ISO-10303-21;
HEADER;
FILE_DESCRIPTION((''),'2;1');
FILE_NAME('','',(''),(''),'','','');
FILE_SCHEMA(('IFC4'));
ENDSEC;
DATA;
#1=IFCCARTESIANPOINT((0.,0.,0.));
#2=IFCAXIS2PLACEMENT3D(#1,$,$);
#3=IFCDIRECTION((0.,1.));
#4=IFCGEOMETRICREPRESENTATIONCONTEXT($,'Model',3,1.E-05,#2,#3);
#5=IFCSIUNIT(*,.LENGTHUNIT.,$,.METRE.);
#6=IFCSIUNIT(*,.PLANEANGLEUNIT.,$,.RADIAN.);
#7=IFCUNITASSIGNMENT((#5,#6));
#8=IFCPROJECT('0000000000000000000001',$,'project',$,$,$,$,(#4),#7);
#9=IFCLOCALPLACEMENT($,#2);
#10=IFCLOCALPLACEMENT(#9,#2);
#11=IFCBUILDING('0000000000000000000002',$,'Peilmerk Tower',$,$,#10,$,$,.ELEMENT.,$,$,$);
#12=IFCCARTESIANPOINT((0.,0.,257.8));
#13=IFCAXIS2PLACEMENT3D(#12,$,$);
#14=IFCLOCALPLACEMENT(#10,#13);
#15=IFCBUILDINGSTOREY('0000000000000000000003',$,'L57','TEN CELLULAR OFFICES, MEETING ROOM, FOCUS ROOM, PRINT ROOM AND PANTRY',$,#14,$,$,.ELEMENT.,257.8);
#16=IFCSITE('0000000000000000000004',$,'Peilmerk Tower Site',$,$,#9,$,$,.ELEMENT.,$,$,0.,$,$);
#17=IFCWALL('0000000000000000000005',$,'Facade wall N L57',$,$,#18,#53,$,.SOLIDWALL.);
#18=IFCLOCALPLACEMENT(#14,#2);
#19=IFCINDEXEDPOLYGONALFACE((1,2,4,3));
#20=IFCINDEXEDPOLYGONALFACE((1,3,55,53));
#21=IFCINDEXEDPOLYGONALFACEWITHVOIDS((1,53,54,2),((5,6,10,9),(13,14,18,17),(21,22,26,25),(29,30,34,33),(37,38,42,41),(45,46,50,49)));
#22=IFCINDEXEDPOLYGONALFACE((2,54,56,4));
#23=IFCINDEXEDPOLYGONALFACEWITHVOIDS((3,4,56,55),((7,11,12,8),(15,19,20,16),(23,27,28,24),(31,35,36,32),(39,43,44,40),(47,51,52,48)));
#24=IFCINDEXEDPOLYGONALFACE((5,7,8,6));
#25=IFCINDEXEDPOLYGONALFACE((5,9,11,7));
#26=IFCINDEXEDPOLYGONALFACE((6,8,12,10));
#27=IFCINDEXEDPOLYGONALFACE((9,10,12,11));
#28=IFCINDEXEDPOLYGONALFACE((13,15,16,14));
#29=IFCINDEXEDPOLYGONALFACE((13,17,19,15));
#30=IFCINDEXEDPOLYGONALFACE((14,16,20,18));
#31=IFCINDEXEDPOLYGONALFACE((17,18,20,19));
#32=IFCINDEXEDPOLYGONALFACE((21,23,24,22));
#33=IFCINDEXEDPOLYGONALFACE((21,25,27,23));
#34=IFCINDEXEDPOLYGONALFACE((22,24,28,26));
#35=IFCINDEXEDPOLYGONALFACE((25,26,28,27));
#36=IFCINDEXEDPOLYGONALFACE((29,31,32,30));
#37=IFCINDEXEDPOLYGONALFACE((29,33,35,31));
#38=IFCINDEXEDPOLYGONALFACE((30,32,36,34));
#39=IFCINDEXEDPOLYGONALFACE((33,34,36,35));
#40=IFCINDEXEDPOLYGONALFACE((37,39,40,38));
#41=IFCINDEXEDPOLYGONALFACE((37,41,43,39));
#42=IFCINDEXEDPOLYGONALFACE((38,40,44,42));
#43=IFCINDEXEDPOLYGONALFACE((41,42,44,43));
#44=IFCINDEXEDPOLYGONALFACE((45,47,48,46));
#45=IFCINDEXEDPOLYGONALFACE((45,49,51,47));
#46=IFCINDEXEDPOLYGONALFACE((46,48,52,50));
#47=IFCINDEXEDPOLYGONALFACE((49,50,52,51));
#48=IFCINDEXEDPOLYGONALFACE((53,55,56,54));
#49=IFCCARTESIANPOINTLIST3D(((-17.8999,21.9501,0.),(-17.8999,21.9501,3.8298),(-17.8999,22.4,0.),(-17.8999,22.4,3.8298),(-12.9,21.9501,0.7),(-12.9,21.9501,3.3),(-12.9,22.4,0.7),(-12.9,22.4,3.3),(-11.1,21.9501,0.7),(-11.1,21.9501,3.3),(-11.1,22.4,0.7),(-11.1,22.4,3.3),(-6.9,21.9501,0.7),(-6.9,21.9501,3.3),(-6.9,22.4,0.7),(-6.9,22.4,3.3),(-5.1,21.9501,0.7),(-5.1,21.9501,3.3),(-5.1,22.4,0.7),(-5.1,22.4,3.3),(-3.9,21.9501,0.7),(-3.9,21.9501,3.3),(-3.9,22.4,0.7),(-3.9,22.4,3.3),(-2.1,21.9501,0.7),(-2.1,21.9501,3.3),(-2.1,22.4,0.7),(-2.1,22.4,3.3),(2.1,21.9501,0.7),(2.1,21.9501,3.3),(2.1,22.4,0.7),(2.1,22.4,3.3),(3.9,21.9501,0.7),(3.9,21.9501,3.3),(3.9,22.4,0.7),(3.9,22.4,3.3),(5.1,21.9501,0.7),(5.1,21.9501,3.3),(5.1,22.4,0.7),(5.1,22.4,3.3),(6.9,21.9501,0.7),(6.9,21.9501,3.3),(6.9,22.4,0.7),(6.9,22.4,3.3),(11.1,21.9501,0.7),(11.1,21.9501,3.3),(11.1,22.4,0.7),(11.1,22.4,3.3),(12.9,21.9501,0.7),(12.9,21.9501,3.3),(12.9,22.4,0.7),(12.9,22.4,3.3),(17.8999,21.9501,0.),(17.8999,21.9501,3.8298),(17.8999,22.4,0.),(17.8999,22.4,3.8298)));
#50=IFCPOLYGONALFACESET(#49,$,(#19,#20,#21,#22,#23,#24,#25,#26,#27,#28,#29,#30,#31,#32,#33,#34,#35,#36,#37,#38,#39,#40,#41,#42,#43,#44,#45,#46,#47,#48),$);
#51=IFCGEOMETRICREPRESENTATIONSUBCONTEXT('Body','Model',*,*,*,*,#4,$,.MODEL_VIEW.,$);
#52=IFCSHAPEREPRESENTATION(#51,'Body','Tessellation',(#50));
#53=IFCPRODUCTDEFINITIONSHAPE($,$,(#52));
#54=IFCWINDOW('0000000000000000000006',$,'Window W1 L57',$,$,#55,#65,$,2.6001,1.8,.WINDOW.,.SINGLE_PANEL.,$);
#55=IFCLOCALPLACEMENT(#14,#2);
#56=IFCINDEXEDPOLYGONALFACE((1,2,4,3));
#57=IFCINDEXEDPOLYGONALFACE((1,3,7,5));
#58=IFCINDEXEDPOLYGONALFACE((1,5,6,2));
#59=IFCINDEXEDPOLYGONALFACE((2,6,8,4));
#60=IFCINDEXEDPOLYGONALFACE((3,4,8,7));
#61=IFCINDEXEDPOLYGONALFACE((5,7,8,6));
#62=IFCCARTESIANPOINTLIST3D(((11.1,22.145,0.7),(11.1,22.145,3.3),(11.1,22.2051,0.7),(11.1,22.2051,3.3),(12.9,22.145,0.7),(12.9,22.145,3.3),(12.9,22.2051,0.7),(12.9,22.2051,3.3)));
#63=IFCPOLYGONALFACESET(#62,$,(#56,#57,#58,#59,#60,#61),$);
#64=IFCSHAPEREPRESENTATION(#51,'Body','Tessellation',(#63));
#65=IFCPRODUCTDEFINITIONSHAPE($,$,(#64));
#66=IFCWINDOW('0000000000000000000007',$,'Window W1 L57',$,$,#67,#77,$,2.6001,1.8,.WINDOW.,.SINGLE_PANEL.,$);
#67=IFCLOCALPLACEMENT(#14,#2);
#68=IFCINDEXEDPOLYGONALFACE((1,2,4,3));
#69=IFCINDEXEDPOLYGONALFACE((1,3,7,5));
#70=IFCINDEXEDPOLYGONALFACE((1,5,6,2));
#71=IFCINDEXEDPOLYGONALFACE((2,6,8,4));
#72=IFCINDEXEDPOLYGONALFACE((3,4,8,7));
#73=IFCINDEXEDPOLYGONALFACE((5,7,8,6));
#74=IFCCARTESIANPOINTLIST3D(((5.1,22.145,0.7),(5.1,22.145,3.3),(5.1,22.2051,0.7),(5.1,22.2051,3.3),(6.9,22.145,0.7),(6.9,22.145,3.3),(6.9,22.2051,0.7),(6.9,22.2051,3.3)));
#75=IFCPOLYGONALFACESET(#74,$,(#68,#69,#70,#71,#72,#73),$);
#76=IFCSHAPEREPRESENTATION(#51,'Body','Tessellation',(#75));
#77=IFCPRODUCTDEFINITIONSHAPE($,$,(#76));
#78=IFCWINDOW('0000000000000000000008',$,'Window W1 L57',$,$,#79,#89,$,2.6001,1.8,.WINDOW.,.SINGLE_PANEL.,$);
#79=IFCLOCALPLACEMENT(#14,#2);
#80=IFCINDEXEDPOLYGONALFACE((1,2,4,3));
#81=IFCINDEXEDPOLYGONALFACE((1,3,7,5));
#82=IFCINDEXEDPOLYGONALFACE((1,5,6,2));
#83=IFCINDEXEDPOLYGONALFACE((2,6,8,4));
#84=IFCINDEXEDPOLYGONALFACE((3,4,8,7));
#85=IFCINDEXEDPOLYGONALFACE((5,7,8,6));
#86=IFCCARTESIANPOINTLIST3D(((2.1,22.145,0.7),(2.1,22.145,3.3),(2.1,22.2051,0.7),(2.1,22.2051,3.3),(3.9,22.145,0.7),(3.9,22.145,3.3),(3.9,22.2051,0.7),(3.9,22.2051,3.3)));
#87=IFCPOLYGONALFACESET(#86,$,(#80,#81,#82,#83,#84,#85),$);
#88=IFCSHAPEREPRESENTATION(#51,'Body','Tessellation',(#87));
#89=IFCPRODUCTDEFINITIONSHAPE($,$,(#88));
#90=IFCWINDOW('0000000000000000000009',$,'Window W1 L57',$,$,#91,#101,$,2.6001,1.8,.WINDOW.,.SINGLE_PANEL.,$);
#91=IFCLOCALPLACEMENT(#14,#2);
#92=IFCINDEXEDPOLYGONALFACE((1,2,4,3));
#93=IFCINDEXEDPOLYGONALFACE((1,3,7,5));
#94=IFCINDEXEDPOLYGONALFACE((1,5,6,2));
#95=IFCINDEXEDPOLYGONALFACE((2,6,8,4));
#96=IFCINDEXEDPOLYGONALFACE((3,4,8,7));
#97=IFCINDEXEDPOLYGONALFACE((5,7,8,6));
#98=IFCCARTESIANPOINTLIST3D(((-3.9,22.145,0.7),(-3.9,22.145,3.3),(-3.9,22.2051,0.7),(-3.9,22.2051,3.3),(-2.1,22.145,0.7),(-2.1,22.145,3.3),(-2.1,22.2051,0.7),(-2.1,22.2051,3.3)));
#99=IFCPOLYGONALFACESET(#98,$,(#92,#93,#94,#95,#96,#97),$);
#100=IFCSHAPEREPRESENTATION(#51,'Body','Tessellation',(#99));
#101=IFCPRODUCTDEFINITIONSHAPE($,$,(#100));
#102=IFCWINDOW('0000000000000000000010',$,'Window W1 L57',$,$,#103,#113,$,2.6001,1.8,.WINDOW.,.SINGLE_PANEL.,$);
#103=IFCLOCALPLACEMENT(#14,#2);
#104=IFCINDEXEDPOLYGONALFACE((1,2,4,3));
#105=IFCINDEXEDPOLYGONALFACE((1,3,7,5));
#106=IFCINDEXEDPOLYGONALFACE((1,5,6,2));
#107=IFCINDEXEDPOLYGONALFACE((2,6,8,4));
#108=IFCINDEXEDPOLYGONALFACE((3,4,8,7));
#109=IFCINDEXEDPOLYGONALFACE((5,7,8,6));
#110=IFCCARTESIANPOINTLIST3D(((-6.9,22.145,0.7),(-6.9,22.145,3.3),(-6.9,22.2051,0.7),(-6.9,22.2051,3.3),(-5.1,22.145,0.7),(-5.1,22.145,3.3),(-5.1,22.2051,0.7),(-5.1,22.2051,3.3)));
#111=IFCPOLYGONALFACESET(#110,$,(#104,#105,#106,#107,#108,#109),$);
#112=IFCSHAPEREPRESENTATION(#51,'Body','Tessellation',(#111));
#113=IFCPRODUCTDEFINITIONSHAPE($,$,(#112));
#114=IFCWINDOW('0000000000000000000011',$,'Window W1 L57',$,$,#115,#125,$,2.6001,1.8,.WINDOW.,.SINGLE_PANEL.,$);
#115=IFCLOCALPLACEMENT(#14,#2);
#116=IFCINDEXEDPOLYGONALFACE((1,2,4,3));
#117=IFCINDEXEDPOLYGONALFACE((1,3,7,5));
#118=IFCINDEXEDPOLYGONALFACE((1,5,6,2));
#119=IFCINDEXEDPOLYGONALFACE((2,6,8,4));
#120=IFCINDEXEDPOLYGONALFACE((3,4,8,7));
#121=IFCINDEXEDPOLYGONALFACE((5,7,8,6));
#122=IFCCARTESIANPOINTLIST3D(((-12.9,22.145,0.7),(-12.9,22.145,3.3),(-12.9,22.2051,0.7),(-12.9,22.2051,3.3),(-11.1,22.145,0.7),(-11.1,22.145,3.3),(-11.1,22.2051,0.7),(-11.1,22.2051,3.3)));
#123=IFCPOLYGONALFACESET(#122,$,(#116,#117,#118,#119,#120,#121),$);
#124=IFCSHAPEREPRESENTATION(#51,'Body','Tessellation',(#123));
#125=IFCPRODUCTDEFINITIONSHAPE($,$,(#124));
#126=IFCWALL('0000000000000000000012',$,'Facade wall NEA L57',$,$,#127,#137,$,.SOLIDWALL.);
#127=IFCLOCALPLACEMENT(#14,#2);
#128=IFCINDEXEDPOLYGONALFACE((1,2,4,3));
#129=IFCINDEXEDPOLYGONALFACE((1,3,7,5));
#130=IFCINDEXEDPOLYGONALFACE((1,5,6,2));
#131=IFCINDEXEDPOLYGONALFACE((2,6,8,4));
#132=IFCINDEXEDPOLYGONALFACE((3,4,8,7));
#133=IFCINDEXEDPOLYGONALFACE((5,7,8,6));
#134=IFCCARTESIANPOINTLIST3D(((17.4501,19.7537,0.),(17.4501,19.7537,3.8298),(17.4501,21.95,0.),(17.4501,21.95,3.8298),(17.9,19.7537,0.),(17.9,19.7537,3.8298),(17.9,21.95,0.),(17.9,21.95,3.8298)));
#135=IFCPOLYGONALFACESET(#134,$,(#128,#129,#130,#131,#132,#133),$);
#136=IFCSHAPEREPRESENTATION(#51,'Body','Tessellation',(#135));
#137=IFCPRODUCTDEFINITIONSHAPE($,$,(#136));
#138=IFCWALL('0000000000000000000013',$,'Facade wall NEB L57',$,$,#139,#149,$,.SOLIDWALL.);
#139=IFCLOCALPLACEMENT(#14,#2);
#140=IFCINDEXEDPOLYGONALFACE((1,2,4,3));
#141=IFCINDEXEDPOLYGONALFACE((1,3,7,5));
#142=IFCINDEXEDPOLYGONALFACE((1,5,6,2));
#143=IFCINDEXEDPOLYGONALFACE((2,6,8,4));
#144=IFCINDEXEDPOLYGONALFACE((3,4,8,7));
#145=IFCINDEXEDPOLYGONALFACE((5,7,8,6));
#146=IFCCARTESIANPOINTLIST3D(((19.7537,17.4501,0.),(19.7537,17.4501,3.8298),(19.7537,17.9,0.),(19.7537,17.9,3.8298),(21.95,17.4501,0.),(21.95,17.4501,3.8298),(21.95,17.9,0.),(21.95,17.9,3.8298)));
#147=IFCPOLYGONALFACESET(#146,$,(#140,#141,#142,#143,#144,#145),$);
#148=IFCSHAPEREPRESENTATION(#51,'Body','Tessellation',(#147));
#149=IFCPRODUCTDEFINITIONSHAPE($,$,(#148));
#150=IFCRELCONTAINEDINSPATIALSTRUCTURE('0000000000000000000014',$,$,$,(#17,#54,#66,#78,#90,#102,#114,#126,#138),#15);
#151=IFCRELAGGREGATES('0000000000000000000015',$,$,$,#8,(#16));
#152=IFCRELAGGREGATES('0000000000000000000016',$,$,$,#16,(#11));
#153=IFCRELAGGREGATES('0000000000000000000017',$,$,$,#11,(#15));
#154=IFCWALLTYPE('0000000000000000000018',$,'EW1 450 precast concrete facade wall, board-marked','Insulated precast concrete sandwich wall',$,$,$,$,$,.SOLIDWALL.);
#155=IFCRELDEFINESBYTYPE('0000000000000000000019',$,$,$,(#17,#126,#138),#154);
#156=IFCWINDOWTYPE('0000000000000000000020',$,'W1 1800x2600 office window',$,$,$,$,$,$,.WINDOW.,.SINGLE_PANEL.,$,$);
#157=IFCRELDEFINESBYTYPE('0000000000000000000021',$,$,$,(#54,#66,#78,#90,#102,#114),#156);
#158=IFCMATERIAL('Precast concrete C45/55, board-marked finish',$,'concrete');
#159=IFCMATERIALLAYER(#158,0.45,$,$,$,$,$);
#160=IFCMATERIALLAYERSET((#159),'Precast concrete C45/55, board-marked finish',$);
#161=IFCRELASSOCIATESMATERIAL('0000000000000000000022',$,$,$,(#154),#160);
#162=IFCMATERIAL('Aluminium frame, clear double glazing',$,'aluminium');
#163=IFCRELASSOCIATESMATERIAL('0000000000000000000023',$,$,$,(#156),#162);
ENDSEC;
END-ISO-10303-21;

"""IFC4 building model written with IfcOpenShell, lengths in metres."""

from ifc_helpers import new_model, si_unit, direction, frame, frame_2d, origin, place, context, subcontext, project, spatial, rectangle, extrude, material, layer, layer_set, type_object, element, fill, save


model = new_model("IFC4")

# Units and contexts
model_context = context("Model", 3, precision=1e-05, world=origin(), true_north=direction((0.0, 1.0)))
body_context = subcontext(model_context, "Body", "Model", "MODEL_VIEW")
ifc_project = project(units=[si_unit("LENGTHUNIT", "METRE"), si_unit("PLANEANGLEUNIT", "RADIAN")], contexts=[model_context])

# Site, building, storey
site_placement = place(None, origin())
site = spatial("IfcSite", under=ifc_project, at=site_placement, Name="Peilmerk Tower Site", CompositionType="ELEMENT", RefElevation=0.0)
building_placement = place(site_placement, origin())
building = spatial("IfcBuilding", under=site, at=building_placement, Name="Peilmerk Tower", CompositionType="ELEMENT")
storey_placement = place(building_placement, frame((0.0, 0.0, 257.8)))
storey = spatial("IfcBuildingStorey", under=building, at=storey_placement, Name="L57", Description="TEN CELLULAR OFFICES, MEETING ROOM, FOCUS ROOM, PRINT ROOM AND PANTRY", CompositionType="ELEMENT", Elevation=257.8)

# Wall, openings, windows
ifc_material_1 = material(Name="Precast concrete C45/55, board-marked finish", Category="concrete")
ifc_layer_1 = layer(ifc_material_1, 0.45)
ifc_layer_set_1 = layer_set([ifc_layer_1], Name="Precast concrete C45/55, board-marked finish")
wall_type = type_object("IfcWallType", Name="EW1 450 precast concrete facade wall, board-marked", Description="Insulated precast concrete sandwich wall", PredefinedType="SOLIDWALL", material=ifc_layer_set_1)
wall_placement = place(storey_placement, frame((17.8999, 22.175, 0.0), z_axis=(0.0, 0.0, 1.0), x_axis=(-1.0, 0.0, 0.0)))
wall = element("IfcWall", 1, at=wall_placement, inside=storey, type_object=wall_type, Name="Facade wall N L57", PredefinedType="SOLIDWALL", context=body_context, shape_type="SweptSolid", body=[
    extrude(rectangle(XDim=35.7998, YDim=0.45, at=frame_2d((17.8999, 0.0))), origin(), (0.0, 0.0, 1.0), 3.8298),
])
opening_1_placement = place(wall_placement, frame((5.0, 0.0, 0.7)))
opening_1 = element("IfcOpeningElement", 2, at=opening_1_placement, cuts=wall, PredefinedType="OPENING", context=body_context, shape_type="SweptSolid", body=[
    extrude(rectangle(XDim=1.8, YDim=2.6001, at=frame_2d((0.8999, 1.3))), frame((0.0, 0.2349, 0.0), z_axis=(0.0, -1.0, 0.0), x_axis=(1.0, 0.0, 0.0)), (0.0, 0.0, 1.0), 0.47),
])
opening_2_placement = place(wall_placement, frame((11.0, 0.0, 0.7)))
opening_2 = element("IfcOpeningElement", 3, at=opening_2_placement, cuts=wall, PredefinedType="OPENING", context=body_context, shape_type="SweptSolid", body=[
    extrude(rectangle(XDim=1.8, YDim=2.6001, at=frame_2d((0.8999, 1.3))), frame((0.0, 0.2349, 0.0), z_axis=(0.0, -1.0, 0.0), x_axis=(1.0, 0.0, 0.0)), (0.0, 0.0, 1.0), 0.47),
])
opening_3_placement = place(wall_placement, frame((14.0, 0.0, 0.7)))
opening_3 = element("IfcOpeningElement", 4, at=opening_3_placement, cuts=wall, PredefinedType="OPENING", context=body_context, shape_type="SweptSolid", body=[
    extrude(rectangle(XDim=1.8, YDim=2.6001, at=frame_2d((0.8999, 1.3))), frame((0.0, 0.2349, 0.0), z_axis=(0.0, -1.0, 0.0), x_axis=(1.0, 0.0, 0.0)), (0.0, 0.0, 1.0), 0.47),
])
opening_4_placement = place(wall_placement, frame((20.0, 0.0, 0.7)))
opening_4 = element("IfcOpeningElement", 5, at=opening_4_placement, cuts=wall, PredefinedType="OPENING", context=body_context, shape_type="SweptSolid", body=[
    extrude(rectangle(XDim=1.8, YDim=2.6001, at=frame_2d((0.8999, 1.3))), frame((0.0, 0.2349, 0.0), z_axis=(0.0, -1.0, 0.0), x_axis=(1.0, 0.0, 0.0)), (0.0, 0.0, 1.0), 0.47),
])
opening_5_placement = place(wall_placement, frame((23.0, 0.0, 0.7)))
opening_5 = element("IfcOpeningElement", 6, at=opening_5_placement, cuts=wall, PredefinedType="OPENING", context=body_context, shape_type="SweptSolid", body=[
    extrude(rectangle(XDim=1.8, YDim=2.6001, at=frame_2d((0.8999, 1.3))), frame((0.0, 0.2349, 0.0), z_axis=(0.0, -1.0, 0.0), x_axis=(1.0, 0.0, 0.0)), (0.0, 0.0, 1.0), 0.47),
])
opening_6_placement = place(wall_placement, frame((29.0, 0.0, 0.7)))
opening_6 = element("IfcOpeningElement", 7, at=opening_6_placement, cuts=wall, PredefinedType="OPENING", context=body_context, shape_type="SweptSolid", body=[
    extrude(rectangle(XDim=1.8, YDim=2.6001, at=frame_2d((0.8999, 1.3))), frame((0.0, 0.2349, 0.0), z_axis=(0.0, -1.0, 0.0), x_axis=(1.0, 0.0, 0.0)), (0.0, 0.0, 1.0), 0.47),
])
ifc_material_2 = material(Name="Aluminium frame, clear double glazing", Category="aluminium")
window_type = type_object("IfcWindowType", Name="W1 1800x2600 office window", PartitioningType="SINGLE_PANEL", PredefinedType="WINDOW", material=ifc_material_2)
window_1_placement = place(opening_1_placement, origin())
window_1 = element("IfcWindow", 8, at=window_1_placement, inside=storey, type_object=window_type, Name="Window W1 L57", OverallHeight=2.6001, OverallWidth=1.8, PartitioningType="SINGLE_PANEL", PredefinedType="WINDOW", context=body_context, shape_type="SweptSolid", body=[
    extrude(rectangle(XDim=1.8, YDim=2.6001, at=frame_2d((0.8999, 1.3))), frame((0.0, 0.03, 0.0), z_axis=(0.0, -1.0, 0.0), x_axis=(1.0, 0.0, 0.0)), (0.0, 0.0, 1.0), 0.0601),
])
fill(opening_1, window_1)
window_2_placement = place(opening_2_placement, origin())
window_2 = element("IfcWindow", 9, at=window_2_placement, inside=storey, type_object=window_type, Name="Window W1 L57", OverallHeight=2.6001, OverallWidth=1.8, PartitioningType="SINGLE_PANEL", PredefinedType="WINDOW", context=body_context, shape_type="SweptSolid", body=[
    extrude(rectangle(XDim=1.8, YDim=2.6001, at=frame_2d((0.8999, 1.3))), frame((0.0, 0.03, 0.0), z_axis=(0.0, -1.0, 0.0), x_axis=(1.0, 0.0, 0.0)), (0.0, 0.0, 1.0), 0.0601),
])
fill(opening_2, window_2)
window_3_placement = place(opening_3_placement, origin())
window_3 = element("IfcWindow", 10, at=window_3_placement, inside=storey, type_object=window_type, Name="Window W1 L57", OverallHeight=2.6001, OverallWidth=1.8, PartitioningType="SINGLE_PANEL", PredefinedType="WINDOW", context=body_context, shape_type="SweptSolid", body=[
    extrude(rectangle(XDim=1.8, YDim=2.6001, at=frame_2d((0.8999, 1.3))), frame((0.0, 0.03, 0.0), z_axis=(0.0, -1.0, 0.0), x_axis=(1.0, 0.0, 0.0)), (0.0, 0.0, 1.0), 0.0601),
])
fill(opening_3, window_3)
window_4_placement = place(opening_4_placement, origin())
window_4 = element("IfcWindow", 11, at=window_4_placement, inside=storey, type_object=window_type, Name="Window W1 L57", OverallHeight=2.6001, OverallWidth=1.8, PartitioningType="SINGLE_PANEL", PredefinedType="WINDOW", context=body_context, shape_type="SweptSolid", body=[
    extrude(rectangle(XDim=1.8, YDim=2.6001, at=frame_2d((0.8999, 1.3))), frame((0.0, 0.03, 0.0), z_axis=(0.0, -1.0, 0.0), x_axis=(1.0, 0.0, 0.0)), (0.0, 0.0, 1.0), 0.0601),
])
fill(opening_4, window_4)
window_5_placement = place(opening_5_placement, origin())
window_5 = element("IfcWindow", 12, at=window_5_placement, inside=storey, type_object=window_type, Name="Window W1 L57", OverallHeight=2.6001, OverallWidth=1.8, PartitioningType="SINGLE_PANEL", PredefinedType="WINDOW", context=body_context, shape_type="SweptSolid", body=[
    extrude(rectangle(XDim=1.8, YDim=2.6001, at=frame_2d((0.8999, 1.3))), frame((0.0, 0.03, 0.0), z_axis=(0.0, -1.0, 0.0), x_axis=(1.0, 0.0, 0.0)), (0.0, 0.0, 1.0), 0.0601),
])
fill(opening_5, window_5)
window_6_placement = place(opening_6_placement, origin())
window_6 = element("IfcWindow", 13, at=window_6_placement, inside=storey, type_object=window_type, Name="Window W1 L57", OverallHeight=2.6001, OverallWidth=1.8, PartitioningType="SINGLE_PANEL", PredefinedType="WINDOW", context=body_context, shape_type="SweptSolid", body=[
    extrude(rectangle(XDim=1.8, YDim=2.6001, at=frame_2d((0.8999, 1.3))), frame((0.0, 0.03, 0.0), z_axis=(0.0, -1.0, 0.0), x_axis=(1.0, 0.0, 0.0)), (0.0, 0.0, 1.0), 0.0601),
])
fill(opening_6, window_6)

# Walls
for number, where, z_axis, x_axis, name in (
    (14, (17.675, 19.7537, 0.0), (0.0, 0.0, 1.0), (0.0, 1.0, 0.0), "Facade wall NEA L57"),
    (15, (19.7537, 17.675, 0.0), (0.0, 0.0, 1.0), (1.0, 0.0, 0.0), "Facade wall NEB L57"),
):
    element("IfcWall", number, at=place(storey_placement, frame(where, z_axis=z_axis, x_axis=x_axis)), inside=storey, type_object=wall_type, Name=name, PredefinedType="SOLIDWALL", context=body_context, shape_type="SweptSolid", body=[
        extrude(rectangle(XDim=2.1963, YDim=0.45, at=frame_2d((1.0981, 0.0))), origin(), (0.0, 0.0, 1.0), 3.8298),
    ])

save(model, "model.ifc")
